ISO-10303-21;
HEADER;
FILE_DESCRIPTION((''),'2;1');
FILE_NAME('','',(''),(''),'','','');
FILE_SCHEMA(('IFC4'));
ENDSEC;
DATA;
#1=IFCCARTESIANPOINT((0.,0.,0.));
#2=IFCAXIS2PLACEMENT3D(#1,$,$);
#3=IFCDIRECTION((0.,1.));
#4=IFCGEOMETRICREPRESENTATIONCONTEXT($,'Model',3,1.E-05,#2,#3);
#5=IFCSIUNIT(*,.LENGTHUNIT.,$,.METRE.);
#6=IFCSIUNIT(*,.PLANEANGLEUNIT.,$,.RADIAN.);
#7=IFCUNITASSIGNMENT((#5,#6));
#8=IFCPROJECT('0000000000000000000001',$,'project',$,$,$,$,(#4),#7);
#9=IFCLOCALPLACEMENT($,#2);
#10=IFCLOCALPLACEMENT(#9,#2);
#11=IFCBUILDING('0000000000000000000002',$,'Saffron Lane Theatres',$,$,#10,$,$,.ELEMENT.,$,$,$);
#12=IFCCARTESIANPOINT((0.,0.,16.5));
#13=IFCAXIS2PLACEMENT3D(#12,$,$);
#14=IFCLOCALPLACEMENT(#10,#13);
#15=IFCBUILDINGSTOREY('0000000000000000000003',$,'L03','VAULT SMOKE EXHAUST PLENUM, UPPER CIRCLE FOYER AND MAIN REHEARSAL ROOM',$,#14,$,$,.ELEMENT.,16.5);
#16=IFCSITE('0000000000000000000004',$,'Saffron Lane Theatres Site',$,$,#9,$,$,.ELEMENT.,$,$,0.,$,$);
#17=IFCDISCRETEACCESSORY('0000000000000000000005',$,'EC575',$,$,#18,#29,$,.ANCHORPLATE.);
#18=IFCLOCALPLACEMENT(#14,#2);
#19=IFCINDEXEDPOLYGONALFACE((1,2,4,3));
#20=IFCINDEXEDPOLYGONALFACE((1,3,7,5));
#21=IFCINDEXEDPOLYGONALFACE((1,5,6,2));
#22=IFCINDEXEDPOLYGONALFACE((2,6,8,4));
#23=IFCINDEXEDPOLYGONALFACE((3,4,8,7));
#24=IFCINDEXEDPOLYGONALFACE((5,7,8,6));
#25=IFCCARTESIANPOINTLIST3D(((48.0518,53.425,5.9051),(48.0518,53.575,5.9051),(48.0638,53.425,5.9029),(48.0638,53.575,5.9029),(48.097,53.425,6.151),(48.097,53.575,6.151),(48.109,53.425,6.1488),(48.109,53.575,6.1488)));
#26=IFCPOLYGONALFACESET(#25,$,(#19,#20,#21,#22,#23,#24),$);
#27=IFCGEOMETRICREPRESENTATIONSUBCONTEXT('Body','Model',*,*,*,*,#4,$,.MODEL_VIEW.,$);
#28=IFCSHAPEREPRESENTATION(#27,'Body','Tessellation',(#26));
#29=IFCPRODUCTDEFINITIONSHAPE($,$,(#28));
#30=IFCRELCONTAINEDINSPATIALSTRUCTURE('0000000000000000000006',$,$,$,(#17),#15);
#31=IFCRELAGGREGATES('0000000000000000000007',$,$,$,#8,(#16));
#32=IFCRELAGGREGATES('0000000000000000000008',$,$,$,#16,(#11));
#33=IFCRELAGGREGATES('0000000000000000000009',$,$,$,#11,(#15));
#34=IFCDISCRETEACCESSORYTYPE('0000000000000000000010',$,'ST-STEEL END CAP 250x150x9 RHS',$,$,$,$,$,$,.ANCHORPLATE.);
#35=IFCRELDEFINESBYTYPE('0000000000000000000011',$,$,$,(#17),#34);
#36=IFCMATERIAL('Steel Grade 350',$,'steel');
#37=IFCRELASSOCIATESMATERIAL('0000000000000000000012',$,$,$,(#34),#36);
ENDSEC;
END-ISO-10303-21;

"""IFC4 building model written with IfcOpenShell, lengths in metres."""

from ifc_helpers import new_model, si_unit, direction, frame, origin, origin_2d, place, context, subcontext, project, spatial, rectangle, extrude, material, material_profile, profile_set, type_object, element, save


model = new_model("IFC4")

# Units and contexts
model_context = context("Model", 3, precision=1e-05, world=origin(), true_north=direction((0.0, 1.0)))
body_context = subcontext(model_context, "Body", "Model", "MODEL_VIEW")
ifc_project = project(units=[si_unit("LENGTHUNIT", "METRE"), si_unit("PLANEANGLEUNIT", "RADIAN")], contexts=[model_context])

# Site, building, storey
site_placement = place(None, origin())
site = spatial("IfcSite", under=ifc_project, at=site_placement, Name="Saffron Lane Theatres Site", CompositionType="ELEMENT", RefElevation=0.0)
building_placement = place(site_placement, origin())
building = spatial("IfcBuilding", under=site, at=building_placement, Name="Saffron Lane Theatres", CompositionType="ELEMENT")
storey_placement = place(building_placement, frame((0.0, 0.0, 16.5)))
storey = spatial("IfcBuildingStorey", under=building, at=storey_placement, Name="L03", Description="VAULT SMOKE EXHAUST PLENUM, UPPER CIRCLE FOYER AND MAIN REHEARSAL ROOM", CompositionType="ELEMENT", Elevation=16.5)

# Discrete accessory
ifc_material_1 = material(Name="Steel Grade 350", Category="steel")
ifc_material_profile_1 = material_profile(ifc_material_1, rectangle(XDim=0.1499, YDim=0.25, at=origin_2d()))
ifc_profile_set_1 = profile_set([ifc_material_profile_1], Name="Steel Grade 350")
discrete_accessory_type_1 = type_object("IfcDiscreteAccessoryType", Name="ST-STEEL END CAP 250x150x9 RHS", PredefinedType="ANCHORPLATE", material=ifc_profile_set_1)
discrete_accessory_1_placement = place(storey_placement, frame((48.0864, 53.5, 6.0259), z_axis=(-0.983547, 0.0, 0.180652), x_axis=(0.0, -1.0, 0.0)))
element("IfcDiscreteAccessory", 1, at=discrete_accessory_1_placement, inside=storey, type_object=discrete_accessory_type_1, Name="EC575", PredefinedType="ANCHORPLATE", context=body_context, shape_type="SweptSolid", body=[
    extrude(rectangle(XDim=0.1499, YDim=0.25, at=origin_2d()), origin(), (0.0, 0.0, 1.0), 0.0122),
])

save(model, "model.ifc")
